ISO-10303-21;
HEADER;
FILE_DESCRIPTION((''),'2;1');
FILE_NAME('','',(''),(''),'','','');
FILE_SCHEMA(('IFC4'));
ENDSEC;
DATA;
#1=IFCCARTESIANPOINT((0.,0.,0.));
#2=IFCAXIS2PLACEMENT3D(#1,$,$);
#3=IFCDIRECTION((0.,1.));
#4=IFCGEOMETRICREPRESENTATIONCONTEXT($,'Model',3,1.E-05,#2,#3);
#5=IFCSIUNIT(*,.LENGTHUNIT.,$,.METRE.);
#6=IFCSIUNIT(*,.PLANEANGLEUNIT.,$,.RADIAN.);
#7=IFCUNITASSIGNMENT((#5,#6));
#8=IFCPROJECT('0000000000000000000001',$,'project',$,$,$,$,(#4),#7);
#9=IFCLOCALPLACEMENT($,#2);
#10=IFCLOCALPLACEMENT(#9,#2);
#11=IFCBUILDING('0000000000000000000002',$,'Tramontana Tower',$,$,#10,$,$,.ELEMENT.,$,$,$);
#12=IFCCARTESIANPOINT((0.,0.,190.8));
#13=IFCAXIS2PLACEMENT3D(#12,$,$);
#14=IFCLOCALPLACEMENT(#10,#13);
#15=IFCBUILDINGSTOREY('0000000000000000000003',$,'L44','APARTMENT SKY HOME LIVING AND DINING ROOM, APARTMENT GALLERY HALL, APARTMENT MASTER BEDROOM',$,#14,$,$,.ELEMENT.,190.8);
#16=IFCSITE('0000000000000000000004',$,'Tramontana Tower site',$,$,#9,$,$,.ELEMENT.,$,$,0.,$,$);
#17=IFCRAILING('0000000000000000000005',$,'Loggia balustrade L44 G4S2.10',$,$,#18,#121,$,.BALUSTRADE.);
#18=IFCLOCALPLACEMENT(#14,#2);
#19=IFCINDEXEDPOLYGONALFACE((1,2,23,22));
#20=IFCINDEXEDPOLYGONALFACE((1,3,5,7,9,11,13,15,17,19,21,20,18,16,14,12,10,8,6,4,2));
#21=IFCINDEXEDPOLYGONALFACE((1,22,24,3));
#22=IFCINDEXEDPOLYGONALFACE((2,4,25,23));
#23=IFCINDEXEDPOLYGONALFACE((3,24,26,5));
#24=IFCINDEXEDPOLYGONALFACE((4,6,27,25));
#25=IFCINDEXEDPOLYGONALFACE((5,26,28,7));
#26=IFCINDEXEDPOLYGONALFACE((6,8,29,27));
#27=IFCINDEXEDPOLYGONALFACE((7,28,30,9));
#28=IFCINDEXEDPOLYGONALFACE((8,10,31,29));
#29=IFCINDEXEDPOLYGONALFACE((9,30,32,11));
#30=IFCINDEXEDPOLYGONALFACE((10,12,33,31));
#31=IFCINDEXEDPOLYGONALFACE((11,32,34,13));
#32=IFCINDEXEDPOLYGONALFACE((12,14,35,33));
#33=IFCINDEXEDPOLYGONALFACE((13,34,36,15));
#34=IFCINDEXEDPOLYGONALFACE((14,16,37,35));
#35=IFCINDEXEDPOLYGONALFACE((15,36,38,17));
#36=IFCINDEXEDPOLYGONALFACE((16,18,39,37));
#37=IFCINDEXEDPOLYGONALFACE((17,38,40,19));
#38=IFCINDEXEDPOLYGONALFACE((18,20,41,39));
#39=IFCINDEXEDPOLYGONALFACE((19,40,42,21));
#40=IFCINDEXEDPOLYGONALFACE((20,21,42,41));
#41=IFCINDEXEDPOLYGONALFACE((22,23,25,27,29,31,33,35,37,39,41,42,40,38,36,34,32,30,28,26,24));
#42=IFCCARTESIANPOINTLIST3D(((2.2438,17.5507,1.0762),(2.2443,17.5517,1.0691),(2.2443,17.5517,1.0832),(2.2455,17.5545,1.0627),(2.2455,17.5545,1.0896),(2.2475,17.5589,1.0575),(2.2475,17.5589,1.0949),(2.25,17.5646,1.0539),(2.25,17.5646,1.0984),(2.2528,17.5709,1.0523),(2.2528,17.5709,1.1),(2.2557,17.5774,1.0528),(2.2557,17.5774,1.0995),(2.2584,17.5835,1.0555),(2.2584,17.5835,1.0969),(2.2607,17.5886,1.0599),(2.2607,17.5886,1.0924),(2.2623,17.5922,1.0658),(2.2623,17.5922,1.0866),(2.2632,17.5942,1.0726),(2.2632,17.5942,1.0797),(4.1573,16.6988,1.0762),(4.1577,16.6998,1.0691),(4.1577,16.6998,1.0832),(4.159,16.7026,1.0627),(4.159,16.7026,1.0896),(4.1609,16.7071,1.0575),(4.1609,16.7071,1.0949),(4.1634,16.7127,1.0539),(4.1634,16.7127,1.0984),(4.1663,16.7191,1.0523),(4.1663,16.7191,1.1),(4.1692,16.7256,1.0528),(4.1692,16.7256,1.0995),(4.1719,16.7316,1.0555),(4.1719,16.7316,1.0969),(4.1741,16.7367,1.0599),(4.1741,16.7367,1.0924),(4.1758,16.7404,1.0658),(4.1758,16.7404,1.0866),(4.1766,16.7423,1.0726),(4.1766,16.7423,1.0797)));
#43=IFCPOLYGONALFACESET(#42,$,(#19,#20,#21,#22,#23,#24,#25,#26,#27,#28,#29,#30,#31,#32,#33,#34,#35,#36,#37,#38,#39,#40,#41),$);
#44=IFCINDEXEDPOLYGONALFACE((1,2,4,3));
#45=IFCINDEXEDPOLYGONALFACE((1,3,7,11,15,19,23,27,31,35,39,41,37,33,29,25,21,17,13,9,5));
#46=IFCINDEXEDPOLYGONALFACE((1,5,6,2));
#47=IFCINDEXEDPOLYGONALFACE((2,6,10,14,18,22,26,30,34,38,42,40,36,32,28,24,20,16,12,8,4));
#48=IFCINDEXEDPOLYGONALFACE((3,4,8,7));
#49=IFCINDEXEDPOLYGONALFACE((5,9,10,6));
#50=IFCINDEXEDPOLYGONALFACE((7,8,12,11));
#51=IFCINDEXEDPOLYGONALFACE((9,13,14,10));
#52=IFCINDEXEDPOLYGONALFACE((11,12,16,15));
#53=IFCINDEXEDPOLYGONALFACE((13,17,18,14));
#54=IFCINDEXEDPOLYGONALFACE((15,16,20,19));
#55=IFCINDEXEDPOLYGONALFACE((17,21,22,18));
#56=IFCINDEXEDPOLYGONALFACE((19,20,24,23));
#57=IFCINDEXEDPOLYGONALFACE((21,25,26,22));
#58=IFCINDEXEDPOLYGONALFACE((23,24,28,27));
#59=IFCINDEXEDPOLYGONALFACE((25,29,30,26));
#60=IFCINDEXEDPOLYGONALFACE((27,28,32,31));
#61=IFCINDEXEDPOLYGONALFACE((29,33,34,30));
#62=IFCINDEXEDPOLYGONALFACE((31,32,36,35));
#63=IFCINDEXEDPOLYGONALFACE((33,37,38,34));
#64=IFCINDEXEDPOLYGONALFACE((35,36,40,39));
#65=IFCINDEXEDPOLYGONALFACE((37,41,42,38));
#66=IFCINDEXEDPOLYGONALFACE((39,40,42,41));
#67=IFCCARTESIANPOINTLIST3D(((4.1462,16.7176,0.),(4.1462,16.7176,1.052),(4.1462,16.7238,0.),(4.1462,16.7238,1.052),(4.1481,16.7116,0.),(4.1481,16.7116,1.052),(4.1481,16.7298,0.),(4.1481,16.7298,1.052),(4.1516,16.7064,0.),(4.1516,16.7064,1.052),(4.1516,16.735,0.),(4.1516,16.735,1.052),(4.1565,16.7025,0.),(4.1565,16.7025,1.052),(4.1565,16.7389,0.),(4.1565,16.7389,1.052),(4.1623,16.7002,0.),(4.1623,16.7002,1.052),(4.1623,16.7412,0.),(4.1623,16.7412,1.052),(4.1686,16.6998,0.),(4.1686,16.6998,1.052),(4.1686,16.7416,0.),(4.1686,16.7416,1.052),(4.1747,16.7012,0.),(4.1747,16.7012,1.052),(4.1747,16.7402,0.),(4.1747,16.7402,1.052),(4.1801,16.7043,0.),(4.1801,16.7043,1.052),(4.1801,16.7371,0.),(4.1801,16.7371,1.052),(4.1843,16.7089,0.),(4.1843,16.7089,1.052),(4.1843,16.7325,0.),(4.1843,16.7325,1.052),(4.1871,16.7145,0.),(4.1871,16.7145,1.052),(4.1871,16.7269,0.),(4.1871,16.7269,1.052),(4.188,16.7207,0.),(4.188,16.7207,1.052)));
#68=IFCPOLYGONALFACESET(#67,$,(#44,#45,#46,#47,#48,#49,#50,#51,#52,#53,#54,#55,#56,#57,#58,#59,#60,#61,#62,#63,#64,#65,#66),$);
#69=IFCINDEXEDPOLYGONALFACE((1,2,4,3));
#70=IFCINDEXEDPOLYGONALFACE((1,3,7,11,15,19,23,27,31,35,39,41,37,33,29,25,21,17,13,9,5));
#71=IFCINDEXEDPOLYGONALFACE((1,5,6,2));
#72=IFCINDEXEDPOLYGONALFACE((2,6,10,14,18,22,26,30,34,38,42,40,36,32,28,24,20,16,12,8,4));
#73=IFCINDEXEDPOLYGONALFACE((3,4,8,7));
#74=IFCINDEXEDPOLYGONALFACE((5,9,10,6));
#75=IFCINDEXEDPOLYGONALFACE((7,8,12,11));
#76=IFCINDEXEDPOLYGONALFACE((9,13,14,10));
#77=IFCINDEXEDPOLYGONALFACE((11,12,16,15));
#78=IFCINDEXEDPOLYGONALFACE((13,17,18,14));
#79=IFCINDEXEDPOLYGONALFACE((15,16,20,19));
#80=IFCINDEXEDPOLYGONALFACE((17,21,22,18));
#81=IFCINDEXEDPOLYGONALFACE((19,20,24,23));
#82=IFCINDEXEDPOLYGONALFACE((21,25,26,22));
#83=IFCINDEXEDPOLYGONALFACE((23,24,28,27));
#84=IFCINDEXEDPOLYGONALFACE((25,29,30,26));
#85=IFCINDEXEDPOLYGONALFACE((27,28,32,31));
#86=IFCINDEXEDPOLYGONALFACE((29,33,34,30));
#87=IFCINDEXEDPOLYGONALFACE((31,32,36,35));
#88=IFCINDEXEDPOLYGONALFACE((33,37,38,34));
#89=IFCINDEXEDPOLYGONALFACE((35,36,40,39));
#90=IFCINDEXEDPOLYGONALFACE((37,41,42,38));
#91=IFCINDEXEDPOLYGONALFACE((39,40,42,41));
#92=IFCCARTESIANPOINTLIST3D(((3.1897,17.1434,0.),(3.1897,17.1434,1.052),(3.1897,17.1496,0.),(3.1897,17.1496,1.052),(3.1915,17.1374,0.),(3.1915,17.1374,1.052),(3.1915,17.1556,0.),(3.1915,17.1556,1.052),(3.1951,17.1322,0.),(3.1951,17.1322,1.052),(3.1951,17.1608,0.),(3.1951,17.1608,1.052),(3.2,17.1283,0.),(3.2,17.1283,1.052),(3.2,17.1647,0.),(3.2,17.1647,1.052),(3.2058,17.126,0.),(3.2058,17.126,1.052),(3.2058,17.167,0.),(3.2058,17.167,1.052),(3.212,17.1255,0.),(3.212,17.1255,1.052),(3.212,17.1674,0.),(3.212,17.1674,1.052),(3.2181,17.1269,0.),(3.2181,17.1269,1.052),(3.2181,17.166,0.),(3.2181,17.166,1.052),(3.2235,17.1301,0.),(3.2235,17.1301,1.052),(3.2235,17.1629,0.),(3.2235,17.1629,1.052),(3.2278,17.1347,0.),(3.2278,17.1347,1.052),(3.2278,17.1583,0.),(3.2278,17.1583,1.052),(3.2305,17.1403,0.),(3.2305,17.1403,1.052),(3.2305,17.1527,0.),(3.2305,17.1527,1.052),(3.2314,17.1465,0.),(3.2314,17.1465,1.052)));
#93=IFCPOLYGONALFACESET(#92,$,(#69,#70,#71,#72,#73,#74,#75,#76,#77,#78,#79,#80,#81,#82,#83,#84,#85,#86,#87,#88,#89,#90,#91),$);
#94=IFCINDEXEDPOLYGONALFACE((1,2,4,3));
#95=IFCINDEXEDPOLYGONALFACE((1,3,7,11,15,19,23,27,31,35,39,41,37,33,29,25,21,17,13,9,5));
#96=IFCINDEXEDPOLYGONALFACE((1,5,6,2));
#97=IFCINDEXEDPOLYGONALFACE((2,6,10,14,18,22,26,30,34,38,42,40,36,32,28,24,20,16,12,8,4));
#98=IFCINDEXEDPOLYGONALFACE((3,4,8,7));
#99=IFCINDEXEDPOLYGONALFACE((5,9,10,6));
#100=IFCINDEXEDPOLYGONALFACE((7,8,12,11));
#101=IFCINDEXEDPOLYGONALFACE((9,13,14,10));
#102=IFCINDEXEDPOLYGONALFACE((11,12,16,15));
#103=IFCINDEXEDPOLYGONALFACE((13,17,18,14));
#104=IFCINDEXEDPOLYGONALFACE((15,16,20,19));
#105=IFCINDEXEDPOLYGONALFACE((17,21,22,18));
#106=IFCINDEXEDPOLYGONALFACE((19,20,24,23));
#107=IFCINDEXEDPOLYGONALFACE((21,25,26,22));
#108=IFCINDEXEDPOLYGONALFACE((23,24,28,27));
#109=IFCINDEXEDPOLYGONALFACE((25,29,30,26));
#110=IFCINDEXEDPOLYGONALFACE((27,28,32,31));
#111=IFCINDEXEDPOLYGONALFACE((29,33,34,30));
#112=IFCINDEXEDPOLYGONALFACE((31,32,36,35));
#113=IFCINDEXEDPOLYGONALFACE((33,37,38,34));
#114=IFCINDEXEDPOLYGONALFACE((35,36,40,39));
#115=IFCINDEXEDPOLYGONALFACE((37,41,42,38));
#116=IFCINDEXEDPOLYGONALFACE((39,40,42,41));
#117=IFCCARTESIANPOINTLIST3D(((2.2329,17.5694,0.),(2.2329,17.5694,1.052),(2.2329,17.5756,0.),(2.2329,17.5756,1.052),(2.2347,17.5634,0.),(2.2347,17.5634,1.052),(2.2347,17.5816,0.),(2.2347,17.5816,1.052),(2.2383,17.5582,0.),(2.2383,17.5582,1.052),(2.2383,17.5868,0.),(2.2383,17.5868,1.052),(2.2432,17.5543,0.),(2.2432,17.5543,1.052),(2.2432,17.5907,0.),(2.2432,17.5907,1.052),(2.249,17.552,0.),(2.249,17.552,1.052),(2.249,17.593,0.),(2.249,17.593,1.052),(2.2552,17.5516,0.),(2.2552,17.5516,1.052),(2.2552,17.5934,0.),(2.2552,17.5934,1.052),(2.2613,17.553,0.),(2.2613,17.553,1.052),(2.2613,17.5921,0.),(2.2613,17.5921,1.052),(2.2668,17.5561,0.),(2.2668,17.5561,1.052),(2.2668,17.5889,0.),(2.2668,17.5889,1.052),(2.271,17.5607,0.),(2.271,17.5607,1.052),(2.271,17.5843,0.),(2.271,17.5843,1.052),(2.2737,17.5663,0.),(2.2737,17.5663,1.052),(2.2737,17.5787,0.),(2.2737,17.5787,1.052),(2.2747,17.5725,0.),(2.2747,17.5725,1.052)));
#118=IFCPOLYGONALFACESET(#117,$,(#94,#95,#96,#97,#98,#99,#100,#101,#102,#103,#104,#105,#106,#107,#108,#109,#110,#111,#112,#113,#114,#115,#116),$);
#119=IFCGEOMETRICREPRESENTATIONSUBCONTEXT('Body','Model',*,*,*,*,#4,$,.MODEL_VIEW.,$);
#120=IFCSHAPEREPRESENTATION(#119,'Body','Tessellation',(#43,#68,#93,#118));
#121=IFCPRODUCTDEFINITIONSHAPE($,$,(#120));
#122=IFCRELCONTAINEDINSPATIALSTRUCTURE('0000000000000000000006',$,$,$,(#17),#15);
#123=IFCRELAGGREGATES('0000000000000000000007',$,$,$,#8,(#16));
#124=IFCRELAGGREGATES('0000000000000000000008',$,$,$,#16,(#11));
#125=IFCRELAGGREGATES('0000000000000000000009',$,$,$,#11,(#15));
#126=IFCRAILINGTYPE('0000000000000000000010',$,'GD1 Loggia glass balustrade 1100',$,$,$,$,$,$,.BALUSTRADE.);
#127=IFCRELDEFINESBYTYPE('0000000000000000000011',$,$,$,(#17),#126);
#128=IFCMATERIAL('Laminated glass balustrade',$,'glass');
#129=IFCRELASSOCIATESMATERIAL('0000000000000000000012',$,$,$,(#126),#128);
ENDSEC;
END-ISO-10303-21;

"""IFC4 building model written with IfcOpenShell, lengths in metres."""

from ifc_helpers import new_model, si_unit, direction, frame, origin, origin_2d, place, context, subcontext, project, spatial, circle, extrude, material, type_object, element, save


model = new_model("IFC4")

# Units and contexts
model_context = context("Model", 3, precision=1e-05, world=origin(), true_north=direction((0.0, 1.0)))
body_context = subcontext(model_context, "Body", "Model", "MODEL_VIEW")
ifc_project = project(units=[si_unit("LENGTHUNIT", "METRE"), si_unit("PLANEANGLEUNIT", "RADIAN")], contexts=[model_context])

# Site, building, storey
site_placement = place(None, origin())
site = spatial("IfcSite", under=ifc_project, at=site_placement, Name="Tramontana Tower site", CompositionType="ELEMENT", RefElevation=0.0)
building_placement = place(site_placement, origin())
building = spatial("IfcBuilding", under=site, at=building_placement, Name="Tramontana Tower", CompositionType="ELEMENT")
storey_placement = place(building_placement, frame((0.0, 0.0, 190.8)))
storey = spatial("IfcBuildingStorey", under=building, at=storey_placement, Name="L44", Description="APARTMENT SKY HOME LIVING AND DINING ROOM, APARTMENT GALLERY HALL, APARTMENT MASTER BEDROOM", CompositionType="ELEMENT", Elevation=190.8)

# Railing
ifc_material_1 = material(Name="Laminated glass balustrade", Category="glass")
railing_type = type_object("IfcRailingType", Name="GD1 Loggia glass balustrade 1100", PredefinedType="BALUSTRADE", material=ifc_material_1)
railing_placement = place(storey_placement, frame((4.167, 16.7207, 0.0)))
element("IfcRailing", 1, at=railing_placement, inside=storey, type_object=railing_type, Name="Loggia balustrade L44 G4S2.10", PredefinedType="BALUSTRADE", context=body_context, shape_type="SweptSolid", body=[
    extrude(circle(Radius=0.0239, at=origin_2d()), frame((0.0, 0.0, 1.0762), z_axis=(-0.913557, 0.406712, 0.0), x_axis=(-0.406712, -0.913557, 0.0)), (0.0, 0.0, 1.0), 2.0945),
    extrude(circle(Radius=0.021, at=origin_2d()), origin(), (0.0, 0.0, 1.0), 1.052),
    extrude(circle(Radius=0.021, at=origin_2d()), frame((-0.9565, 0.4258, 0.0)), (0.0, 0.0, 1.0), 1.052),
    extrude(circle(Radius=0.021, at=origin_2d()), frame((-1.9133, 0.8518, 0.0)), (0.0, 0.0, 1.0), 1.052),
])

save(model, "model.ifc")
